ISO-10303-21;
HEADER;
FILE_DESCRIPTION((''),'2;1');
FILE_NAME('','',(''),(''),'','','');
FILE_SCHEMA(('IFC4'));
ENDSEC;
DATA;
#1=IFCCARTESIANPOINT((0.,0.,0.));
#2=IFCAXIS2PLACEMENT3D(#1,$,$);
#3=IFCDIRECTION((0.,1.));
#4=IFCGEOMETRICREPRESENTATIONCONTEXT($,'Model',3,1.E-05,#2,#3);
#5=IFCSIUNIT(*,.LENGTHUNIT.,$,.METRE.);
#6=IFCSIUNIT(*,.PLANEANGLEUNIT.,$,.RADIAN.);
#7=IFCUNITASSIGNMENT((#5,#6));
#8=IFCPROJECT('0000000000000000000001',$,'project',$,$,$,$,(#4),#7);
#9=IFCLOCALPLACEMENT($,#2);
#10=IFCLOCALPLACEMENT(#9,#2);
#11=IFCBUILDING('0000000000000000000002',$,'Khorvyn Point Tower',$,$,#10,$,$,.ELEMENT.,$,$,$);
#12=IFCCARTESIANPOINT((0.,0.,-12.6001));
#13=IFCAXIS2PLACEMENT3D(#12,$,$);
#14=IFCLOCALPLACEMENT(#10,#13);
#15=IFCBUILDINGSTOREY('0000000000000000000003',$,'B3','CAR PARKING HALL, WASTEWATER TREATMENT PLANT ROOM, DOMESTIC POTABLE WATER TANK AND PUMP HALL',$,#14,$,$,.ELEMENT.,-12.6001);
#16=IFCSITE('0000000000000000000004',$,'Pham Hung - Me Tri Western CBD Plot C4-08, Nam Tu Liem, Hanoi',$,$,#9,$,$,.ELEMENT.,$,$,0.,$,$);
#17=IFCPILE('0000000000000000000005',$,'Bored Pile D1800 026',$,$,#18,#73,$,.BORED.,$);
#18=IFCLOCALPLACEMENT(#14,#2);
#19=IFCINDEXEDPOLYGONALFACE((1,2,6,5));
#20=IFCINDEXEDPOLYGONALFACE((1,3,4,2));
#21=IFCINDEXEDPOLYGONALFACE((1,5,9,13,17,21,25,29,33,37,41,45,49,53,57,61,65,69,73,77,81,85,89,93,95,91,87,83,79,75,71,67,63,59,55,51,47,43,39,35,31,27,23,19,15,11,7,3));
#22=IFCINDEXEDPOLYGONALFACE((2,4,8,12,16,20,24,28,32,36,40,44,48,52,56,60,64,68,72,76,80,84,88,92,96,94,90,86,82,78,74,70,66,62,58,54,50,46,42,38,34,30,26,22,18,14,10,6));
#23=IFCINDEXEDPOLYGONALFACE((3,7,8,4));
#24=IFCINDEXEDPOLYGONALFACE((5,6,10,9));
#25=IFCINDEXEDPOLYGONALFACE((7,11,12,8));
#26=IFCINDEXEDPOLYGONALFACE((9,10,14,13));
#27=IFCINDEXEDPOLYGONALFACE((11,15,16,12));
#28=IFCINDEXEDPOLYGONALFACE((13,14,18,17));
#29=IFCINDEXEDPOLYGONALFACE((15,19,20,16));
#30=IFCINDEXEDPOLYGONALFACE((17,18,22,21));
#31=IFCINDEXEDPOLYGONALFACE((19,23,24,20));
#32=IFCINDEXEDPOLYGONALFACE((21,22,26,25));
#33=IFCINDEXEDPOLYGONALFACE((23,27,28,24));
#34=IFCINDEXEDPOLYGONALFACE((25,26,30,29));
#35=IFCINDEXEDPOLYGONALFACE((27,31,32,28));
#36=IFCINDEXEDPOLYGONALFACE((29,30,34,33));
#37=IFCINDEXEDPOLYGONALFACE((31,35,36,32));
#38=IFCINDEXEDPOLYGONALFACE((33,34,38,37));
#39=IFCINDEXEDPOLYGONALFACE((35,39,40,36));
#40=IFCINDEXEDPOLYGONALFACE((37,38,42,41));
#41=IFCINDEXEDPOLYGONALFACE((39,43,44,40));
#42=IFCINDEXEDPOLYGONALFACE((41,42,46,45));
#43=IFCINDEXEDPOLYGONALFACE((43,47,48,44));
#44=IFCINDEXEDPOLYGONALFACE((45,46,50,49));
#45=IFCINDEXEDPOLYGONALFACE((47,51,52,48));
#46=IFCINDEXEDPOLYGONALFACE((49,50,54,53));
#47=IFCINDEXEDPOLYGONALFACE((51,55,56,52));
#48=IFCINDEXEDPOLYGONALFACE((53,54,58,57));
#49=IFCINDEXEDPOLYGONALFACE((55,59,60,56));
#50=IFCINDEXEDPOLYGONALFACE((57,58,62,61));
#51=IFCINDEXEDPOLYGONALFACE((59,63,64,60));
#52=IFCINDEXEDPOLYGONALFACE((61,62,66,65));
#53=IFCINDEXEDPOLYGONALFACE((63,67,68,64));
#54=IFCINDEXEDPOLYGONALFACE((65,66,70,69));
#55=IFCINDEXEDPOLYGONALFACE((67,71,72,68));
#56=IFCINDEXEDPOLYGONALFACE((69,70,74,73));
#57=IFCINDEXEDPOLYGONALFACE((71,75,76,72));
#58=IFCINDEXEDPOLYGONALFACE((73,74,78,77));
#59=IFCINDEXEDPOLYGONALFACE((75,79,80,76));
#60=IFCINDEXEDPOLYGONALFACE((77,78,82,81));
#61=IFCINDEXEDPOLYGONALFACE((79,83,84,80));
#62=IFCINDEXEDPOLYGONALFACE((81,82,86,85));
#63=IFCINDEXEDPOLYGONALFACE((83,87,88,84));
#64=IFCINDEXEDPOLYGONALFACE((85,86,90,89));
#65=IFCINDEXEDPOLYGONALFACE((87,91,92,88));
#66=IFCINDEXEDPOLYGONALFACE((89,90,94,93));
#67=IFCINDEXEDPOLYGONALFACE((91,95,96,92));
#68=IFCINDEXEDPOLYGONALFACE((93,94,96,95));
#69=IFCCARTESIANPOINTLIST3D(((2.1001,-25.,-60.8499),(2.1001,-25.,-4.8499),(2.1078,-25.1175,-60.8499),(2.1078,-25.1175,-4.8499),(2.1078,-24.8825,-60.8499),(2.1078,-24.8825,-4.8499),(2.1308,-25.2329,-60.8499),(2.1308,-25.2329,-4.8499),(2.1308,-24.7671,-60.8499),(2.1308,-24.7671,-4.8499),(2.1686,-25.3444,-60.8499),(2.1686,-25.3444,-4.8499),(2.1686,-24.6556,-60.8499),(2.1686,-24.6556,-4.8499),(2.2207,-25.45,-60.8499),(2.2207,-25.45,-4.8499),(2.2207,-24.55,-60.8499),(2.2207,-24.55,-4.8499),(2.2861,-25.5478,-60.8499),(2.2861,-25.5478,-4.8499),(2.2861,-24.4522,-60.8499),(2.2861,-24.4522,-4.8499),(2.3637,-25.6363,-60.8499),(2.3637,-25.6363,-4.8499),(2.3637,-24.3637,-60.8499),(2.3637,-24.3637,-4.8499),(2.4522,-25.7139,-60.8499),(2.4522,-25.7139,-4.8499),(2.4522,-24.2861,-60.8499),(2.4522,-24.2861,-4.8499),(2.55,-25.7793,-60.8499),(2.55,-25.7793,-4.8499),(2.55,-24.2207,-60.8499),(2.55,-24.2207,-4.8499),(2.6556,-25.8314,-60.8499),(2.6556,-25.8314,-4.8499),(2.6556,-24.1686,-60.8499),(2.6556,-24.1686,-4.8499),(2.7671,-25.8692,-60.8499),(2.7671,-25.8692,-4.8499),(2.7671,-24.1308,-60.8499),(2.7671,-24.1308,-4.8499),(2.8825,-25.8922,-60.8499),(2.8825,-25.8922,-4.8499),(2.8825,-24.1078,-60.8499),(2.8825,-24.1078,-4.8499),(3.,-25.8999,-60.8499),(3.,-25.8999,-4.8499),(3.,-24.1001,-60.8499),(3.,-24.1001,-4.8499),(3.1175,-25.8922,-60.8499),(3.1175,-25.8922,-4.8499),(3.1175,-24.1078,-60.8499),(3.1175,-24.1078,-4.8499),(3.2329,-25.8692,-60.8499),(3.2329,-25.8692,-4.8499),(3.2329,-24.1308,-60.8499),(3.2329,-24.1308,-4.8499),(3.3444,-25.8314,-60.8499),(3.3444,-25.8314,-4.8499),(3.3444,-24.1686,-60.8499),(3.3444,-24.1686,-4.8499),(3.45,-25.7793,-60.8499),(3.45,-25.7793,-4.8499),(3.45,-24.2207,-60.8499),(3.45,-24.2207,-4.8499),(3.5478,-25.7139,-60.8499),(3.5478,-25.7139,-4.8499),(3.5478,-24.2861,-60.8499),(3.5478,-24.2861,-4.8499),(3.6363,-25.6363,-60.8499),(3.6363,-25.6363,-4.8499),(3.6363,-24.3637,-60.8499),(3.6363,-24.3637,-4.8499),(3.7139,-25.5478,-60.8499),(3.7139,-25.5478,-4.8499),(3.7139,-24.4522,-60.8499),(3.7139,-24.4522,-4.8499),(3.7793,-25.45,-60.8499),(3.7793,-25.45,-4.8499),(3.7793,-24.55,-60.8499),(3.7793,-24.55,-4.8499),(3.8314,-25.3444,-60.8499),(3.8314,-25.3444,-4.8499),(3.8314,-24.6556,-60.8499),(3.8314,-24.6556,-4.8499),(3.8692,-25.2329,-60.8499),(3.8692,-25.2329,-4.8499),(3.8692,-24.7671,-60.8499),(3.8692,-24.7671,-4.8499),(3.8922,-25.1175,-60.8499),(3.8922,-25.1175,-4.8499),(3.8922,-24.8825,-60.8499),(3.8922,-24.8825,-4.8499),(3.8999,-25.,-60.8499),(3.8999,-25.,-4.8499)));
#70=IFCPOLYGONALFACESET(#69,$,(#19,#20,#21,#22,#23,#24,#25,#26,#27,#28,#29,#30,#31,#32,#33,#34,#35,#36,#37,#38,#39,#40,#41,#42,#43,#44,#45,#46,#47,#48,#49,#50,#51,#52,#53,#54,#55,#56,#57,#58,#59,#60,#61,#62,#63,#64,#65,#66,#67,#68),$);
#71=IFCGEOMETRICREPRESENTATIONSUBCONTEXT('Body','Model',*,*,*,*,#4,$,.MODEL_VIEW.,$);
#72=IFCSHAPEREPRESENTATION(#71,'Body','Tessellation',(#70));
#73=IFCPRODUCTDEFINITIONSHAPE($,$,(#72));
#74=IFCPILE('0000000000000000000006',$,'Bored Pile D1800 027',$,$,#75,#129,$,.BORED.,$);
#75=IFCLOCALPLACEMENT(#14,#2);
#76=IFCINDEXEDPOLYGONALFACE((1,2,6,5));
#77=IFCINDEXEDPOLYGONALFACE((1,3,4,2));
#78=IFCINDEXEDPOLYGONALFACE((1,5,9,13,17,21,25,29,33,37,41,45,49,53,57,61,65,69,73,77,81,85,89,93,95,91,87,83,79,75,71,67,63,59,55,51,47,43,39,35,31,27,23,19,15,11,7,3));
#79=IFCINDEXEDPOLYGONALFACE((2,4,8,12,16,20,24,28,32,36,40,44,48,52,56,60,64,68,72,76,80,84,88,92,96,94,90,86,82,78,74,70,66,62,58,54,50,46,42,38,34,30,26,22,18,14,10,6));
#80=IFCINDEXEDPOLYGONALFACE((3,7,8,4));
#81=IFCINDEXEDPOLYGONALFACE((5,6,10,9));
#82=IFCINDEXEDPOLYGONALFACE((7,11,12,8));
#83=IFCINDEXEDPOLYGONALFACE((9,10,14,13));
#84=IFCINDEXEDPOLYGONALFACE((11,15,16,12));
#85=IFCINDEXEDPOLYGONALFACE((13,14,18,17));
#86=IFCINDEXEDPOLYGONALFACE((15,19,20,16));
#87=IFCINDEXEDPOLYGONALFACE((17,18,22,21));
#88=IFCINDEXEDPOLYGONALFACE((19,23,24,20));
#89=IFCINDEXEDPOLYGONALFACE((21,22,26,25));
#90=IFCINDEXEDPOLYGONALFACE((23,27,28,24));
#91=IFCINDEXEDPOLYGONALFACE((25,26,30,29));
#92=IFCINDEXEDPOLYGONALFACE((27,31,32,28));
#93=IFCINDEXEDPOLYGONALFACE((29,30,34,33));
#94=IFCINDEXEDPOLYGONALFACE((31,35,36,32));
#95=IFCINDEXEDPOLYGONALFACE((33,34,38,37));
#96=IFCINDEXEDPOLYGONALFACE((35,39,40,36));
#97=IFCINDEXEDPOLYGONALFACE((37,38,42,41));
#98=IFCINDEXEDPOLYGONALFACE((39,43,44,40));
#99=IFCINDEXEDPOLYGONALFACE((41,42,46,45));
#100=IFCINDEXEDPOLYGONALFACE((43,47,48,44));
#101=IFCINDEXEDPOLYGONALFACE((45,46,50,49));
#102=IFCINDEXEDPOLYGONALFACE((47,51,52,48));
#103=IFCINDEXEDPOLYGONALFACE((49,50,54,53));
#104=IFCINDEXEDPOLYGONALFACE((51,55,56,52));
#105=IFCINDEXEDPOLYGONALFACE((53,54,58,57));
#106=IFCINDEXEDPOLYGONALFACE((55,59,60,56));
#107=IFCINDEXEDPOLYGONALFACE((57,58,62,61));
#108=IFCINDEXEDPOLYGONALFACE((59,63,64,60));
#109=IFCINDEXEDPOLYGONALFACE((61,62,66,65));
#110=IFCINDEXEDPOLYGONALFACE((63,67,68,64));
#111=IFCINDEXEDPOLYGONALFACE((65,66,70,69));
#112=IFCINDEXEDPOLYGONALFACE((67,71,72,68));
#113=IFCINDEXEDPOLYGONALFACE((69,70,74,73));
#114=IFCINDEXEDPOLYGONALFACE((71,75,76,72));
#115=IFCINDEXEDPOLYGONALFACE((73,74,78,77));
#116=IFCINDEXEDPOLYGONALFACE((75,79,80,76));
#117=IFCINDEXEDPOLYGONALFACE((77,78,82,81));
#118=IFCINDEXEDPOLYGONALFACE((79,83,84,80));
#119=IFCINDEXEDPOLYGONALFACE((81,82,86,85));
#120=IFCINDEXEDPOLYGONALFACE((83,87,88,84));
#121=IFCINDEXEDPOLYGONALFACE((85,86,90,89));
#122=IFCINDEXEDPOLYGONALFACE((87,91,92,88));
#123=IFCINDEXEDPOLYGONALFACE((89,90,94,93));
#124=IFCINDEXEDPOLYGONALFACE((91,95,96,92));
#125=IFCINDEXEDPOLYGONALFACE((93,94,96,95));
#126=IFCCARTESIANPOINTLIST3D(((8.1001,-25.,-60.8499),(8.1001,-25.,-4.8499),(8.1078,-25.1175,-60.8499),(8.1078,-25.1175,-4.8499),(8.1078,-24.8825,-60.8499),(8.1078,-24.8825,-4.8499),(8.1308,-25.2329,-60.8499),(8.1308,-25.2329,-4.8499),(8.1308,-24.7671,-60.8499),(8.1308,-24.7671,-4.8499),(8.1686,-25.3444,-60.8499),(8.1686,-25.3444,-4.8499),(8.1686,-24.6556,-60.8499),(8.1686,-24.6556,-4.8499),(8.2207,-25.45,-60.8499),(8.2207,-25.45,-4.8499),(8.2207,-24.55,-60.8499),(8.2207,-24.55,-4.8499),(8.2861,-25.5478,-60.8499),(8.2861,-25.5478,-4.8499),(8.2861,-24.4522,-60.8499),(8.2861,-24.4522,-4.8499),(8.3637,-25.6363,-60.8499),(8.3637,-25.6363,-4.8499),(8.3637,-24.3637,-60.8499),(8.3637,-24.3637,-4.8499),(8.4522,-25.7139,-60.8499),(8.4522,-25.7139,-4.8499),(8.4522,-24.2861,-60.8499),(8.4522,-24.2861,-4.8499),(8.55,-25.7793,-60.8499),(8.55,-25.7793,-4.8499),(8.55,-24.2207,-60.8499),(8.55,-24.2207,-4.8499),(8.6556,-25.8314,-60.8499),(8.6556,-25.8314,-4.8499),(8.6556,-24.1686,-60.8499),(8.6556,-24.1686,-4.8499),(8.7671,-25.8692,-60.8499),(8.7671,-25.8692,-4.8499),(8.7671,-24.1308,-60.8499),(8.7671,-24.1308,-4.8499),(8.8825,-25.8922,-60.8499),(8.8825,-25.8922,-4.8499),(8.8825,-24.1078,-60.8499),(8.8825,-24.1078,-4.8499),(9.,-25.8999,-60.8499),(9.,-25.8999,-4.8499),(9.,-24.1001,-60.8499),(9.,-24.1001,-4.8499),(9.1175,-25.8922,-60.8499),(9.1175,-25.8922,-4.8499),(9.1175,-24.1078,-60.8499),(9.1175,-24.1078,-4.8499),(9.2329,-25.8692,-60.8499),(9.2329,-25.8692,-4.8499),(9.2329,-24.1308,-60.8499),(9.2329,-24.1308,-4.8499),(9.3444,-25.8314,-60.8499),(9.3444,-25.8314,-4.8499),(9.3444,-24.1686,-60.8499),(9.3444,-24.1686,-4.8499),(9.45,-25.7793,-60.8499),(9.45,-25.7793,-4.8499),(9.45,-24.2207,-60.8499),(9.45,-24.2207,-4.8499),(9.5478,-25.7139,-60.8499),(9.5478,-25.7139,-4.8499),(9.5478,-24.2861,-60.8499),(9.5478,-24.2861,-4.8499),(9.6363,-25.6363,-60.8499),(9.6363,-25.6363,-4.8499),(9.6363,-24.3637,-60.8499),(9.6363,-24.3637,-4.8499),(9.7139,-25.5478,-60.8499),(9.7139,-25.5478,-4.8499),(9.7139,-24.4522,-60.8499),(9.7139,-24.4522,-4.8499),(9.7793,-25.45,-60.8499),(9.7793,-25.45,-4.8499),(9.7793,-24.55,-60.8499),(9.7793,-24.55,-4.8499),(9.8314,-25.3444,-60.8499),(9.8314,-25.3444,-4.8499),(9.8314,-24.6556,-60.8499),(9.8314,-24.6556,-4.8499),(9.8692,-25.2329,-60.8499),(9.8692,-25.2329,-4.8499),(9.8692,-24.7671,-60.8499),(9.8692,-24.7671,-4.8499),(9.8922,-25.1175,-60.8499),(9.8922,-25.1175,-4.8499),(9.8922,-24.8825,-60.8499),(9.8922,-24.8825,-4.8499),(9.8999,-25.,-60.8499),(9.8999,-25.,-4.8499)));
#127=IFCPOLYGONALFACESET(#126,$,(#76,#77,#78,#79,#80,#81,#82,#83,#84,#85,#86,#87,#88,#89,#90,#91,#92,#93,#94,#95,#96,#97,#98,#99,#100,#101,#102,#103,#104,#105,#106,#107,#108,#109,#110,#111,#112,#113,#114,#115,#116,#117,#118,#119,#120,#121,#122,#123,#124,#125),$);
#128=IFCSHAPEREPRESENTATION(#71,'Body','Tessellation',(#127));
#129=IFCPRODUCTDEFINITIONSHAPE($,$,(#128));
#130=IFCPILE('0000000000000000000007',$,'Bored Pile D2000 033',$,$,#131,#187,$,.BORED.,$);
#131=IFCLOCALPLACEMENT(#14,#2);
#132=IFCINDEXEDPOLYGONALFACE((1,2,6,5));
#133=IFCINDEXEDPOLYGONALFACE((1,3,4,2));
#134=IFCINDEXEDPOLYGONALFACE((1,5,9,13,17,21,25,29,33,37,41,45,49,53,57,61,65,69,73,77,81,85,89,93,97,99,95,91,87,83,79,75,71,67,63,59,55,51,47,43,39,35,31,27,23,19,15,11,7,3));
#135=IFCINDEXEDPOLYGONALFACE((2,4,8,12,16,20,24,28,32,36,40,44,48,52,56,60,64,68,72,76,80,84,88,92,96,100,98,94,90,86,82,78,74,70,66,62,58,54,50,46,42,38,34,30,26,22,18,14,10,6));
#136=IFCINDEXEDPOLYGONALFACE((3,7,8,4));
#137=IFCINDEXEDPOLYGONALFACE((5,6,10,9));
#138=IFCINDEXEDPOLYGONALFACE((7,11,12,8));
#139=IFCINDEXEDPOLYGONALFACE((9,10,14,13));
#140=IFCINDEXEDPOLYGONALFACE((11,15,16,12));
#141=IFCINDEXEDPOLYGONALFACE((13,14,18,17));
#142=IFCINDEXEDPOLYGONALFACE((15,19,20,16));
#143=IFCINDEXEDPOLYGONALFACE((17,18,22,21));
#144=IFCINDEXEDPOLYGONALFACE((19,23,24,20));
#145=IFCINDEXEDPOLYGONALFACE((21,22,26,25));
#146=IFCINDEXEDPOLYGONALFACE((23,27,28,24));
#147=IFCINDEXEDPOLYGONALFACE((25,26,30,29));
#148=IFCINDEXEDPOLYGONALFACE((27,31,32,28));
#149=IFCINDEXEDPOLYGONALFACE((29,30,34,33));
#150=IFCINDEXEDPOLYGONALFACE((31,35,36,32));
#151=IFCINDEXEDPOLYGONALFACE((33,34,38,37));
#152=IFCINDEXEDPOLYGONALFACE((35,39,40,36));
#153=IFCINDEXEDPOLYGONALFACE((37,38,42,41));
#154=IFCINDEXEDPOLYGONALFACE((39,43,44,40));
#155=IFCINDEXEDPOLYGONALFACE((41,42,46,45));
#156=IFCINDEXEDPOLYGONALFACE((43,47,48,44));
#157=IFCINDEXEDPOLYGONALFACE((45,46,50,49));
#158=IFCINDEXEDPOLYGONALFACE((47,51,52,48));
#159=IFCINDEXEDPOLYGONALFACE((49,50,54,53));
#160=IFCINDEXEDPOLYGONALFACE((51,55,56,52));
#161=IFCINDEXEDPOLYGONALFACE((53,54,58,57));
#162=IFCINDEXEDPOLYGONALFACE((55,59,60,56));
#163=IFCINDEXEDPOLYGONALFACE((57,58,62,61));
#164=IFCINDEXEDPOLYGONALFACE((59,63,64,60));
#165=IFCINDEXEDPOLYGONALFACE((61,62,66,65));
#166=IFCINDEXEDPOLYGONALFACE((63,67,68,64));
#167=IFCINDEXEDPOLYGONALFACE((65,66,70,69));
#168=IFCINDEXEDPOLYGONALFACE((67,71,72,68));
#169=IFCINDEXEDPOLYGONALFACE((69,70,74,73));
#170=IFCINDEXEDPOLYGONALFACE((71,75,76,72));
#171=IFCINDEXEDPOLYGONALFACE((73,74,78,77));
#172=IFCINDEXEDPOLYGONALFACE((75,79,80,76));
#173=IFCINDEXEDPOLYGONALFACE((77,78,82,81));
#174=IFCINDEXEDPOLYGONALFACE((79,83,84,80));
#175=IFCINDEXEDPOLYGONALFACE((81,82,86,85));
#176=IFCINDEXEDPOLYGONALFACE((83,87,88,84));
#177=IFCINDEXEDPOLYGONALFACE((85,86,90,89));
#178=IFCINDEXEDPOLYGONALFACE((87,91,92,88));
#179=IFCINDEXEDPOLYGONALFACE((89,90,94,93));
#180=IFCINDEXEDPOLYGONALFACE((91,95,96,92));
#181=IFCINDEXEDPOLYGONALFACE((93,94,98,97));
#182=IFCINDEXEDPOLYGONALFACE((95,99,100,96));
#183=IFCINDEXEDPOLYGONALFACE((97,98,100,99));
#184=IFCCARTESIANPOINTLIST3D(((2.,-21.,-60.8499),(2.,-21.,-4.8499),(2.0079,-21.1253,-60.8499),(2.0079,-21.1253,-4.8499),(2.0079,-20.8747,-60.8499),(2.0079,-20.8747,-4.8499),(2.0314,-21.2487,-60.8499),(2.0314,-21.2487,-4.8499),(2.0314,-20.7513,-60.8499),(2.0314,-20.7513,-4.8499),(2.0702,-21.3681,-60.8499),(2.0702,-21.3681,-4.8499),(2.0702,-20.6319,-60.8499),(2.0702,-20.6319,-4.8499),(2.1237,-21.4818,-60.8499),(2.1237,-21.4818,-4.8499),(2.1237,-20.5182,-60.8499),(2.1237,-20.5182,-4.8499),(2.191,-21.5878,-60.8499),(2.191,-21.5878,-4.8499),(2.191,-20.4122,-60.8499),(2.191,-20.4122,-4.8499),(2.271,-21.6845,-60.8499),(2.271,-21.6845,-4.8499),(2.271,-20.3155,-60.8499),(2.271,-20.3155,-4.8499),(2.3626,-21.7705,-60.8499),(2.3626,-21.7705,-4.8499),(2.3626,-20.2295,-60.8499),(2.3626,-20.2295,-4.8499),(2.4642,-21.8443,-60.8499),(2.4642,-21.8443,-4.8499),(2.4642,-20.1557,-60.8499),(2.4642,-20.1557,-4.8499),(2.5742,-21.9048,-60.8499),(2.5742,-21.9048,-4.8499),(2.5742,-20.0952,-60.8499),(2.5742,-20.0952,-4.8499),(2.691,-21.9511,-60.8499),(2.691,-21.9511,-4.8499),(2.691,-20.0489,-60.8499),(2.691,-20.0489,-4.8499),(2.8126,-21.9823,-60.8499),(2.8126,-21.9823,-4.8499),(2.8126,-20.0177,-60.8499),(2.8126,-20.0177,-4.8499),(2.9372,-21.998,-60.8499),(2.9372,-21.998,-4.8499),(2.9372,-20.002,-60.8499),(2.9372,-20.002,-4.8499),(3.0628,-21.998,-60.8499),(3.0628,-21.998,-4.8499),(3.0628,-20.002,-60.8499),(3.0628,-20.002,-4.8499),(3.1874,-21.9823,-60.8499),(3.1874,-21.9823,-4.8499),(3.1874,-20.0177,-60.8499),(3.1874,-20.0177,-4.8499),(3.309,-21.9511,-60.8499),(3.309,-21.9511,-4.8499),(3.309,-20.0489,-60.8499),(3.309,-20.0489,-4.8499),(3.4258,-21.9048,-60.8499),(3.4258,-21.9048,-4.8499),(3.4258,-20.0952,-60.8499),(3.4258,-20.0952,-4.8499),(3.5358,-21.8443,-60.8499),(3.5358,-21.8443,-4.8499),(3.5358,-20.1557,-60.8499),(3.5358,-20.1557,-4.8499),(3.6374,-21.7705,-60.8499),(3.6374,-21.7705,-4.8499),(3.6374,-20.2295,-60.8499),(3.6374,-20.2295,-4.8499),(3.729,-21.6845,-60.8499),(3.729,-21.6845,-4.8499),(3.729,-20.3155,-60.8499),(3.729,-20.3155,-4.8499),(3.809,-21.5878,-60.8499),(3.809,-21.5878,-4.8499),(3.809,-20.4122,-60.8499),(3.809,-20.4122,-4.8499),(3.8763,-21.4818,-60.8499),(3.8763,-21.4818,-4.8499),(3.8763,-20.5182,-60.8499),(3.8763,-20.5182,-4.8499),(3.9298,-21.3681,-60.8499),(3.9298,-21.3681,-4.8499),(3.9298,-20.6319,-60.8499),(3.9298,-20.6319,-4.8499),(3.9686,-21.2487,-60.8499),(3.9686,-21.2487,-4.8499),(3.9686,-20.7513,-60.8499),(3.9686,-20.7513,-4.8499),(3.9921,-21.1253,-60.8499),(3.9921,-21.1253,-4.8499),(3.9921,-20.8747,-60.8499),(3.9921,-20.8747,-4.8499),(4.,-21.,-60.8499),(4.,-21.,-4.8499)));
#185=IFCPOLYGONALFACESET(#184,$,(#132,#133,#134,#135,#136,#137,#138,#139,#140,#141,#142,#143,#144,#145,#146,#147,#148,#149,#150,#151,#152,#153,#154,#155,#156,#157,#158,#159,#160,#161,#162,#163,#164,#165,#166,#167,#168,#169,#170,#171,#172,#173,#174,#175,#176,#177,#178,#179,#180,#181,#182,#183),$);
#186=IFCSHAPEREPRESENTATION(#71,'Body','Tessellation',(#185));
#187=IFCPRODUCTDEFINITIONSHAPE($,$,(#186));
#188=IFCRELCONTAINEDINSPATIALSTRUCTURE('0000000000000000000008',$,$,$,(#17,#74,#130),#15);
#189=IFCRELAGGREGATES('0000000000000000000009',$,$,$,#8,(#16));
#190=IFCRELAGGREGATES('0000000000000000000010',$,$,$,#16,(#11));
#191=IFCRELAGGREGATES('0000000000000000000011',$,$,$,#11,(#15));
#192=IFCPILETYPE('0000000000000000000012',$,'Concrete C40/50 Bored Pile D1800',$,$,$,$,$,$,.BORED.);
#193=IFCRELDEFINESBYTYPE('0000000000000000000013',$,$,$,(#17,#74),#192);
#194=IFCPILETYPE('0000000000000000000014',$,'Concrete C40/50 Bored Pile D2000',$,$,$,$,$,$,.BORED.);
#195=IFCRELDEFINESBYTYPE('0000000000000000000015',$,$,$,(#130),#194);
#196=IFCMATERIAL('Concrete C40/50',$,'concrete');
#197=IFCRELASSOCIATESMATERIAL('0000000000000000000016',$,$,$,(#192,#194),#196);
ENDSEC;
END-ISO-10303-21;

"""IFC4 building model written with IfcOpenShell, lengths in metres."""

from ifc_helpers import new_model, si_unit, direction, frame, origin, origin_2d, place, context, subcontext, project, spatial, circle, extrude, material, material_profile, profile_set, type_object, element, save


model = new_model("IFC4")

# Units and contexts
model_context = context("Model", 3, precision=1e-05, world=origin(), true_north=direction((0.0, 1.0)))
body_context = subcontext(model_context, "Body", "Model", "MODEL_VIEW")
ifc_project = project(units=[si_unit("LENGTHUNIT", "METRE"), si_unit("PLANEANGLEUNIT", "RADIAN")], contexts=[model_context])

# Site, building, storey
site_placement = place(None, origin())
site = spatial("IfcSite", under=ifc_project, at=site_placement, Name="Pham Hung - Me Tri Western CBD Plot C4-08, Nam Tu Liem, Hanoi", CompositionType="ELEMENT", RefElevation=0.0)
building_placement = place(site_placement, origin())
building = spatial("IfcBuilding", under=site, at=building_placement, Name="Khorvyn Point Tower", CompositionType="ELEMENT")
storey_placement = place(building_placement, frame((0.0, 0.0, -12.6001)))
storey = spatial("IfcBuildingStorey", under=building, at=storey_placement, Name="B3", Description="CAR PARKING HALL, WASTEWATER TREATMENT PLANT ROOM, DOMESTIC POTABLE WATER TANK AND PUMP HALL", CompositionType="ELEMENT", Elevation=-12.6001)

# Piles
ifc_material_1 = material(Name="Concrete C40/50", Category="concrete")
ifc_material_profile_1 = material_profile(ifc_material_1, circle(Radius=0.8999, at=origin_2d()))
ifc_profile_set_1 = profile_set([ifc_material_profile_1], Name="Concrete C40/50 PILE-D1800")
pile_type_1 = type_object("IfcPileType", Name="Concrete C40/50 Bored Pile D1800", PredefinedType="BORED", material=ifc_profile_set_1)
for number, where, z_axis, x_axis, name in (
    (1, (3.0, -25.0, -4.8499), (0.0, 0.0, -1.0), (1.0, 0.0, 0.0), "Bored Pile D1800 026"),
    (2, (9.0, -25.0, -4.8499), (0.0, 0.0, -1.0), (1.0, 0.0, 0.0), "Bored Pile D1800 027"),
):
    element("IfcPile", number, at=place(storey_placement, frame(where, z_axis=z_axis, x_axis=x_axis)), inside=storey, type_object=pile_type_1, Name=name, PredefinedType="BORED", context=body_context, shape_type="SweptSolid", body=[
        extrude(circle(Radius=0.8999, at=origin_2d()), origin(), (0.0, 0.0, 1.0), 56.0),
    ])
ifc_material_profile_2 = material_profile(ifc_material_1, circle(Radius=1.0, at=origin_2d()))
ifc_profile_set_2 = profile_set([ifc_material_profile_2], Name="Concrete C40/50 PILE-D2000")
pile_type_2 = type_object("IfcPileType", Name="Concrete C40/50 Bored Pile D2000", PredefinedType="BORED", material=ifc_profile_set_2)
for number, where, z_axis, x_axis, name in (
    (3, (3.0, -21.0, -4.8499), (0.0, 0.0, -1.0), (1.0, 0.0, 0.0), "Bored Pile D2000 033"),
):
    element("IfcPile", number, at=place(storey_placement, frame(where, z_axis=z_axis, x_axis=x_axis)), inside=storey, type_object=pile_type_2, Name=name, PredefinedType="BORED", context=body_context, shape_type="SweptSolid", body=[
        extrude(circle(Radius=1.0, at=origin_2d()), origin(), (0.0, 0.0, 1.0), 56.0),
    ])

save(model, "model.ifc")
